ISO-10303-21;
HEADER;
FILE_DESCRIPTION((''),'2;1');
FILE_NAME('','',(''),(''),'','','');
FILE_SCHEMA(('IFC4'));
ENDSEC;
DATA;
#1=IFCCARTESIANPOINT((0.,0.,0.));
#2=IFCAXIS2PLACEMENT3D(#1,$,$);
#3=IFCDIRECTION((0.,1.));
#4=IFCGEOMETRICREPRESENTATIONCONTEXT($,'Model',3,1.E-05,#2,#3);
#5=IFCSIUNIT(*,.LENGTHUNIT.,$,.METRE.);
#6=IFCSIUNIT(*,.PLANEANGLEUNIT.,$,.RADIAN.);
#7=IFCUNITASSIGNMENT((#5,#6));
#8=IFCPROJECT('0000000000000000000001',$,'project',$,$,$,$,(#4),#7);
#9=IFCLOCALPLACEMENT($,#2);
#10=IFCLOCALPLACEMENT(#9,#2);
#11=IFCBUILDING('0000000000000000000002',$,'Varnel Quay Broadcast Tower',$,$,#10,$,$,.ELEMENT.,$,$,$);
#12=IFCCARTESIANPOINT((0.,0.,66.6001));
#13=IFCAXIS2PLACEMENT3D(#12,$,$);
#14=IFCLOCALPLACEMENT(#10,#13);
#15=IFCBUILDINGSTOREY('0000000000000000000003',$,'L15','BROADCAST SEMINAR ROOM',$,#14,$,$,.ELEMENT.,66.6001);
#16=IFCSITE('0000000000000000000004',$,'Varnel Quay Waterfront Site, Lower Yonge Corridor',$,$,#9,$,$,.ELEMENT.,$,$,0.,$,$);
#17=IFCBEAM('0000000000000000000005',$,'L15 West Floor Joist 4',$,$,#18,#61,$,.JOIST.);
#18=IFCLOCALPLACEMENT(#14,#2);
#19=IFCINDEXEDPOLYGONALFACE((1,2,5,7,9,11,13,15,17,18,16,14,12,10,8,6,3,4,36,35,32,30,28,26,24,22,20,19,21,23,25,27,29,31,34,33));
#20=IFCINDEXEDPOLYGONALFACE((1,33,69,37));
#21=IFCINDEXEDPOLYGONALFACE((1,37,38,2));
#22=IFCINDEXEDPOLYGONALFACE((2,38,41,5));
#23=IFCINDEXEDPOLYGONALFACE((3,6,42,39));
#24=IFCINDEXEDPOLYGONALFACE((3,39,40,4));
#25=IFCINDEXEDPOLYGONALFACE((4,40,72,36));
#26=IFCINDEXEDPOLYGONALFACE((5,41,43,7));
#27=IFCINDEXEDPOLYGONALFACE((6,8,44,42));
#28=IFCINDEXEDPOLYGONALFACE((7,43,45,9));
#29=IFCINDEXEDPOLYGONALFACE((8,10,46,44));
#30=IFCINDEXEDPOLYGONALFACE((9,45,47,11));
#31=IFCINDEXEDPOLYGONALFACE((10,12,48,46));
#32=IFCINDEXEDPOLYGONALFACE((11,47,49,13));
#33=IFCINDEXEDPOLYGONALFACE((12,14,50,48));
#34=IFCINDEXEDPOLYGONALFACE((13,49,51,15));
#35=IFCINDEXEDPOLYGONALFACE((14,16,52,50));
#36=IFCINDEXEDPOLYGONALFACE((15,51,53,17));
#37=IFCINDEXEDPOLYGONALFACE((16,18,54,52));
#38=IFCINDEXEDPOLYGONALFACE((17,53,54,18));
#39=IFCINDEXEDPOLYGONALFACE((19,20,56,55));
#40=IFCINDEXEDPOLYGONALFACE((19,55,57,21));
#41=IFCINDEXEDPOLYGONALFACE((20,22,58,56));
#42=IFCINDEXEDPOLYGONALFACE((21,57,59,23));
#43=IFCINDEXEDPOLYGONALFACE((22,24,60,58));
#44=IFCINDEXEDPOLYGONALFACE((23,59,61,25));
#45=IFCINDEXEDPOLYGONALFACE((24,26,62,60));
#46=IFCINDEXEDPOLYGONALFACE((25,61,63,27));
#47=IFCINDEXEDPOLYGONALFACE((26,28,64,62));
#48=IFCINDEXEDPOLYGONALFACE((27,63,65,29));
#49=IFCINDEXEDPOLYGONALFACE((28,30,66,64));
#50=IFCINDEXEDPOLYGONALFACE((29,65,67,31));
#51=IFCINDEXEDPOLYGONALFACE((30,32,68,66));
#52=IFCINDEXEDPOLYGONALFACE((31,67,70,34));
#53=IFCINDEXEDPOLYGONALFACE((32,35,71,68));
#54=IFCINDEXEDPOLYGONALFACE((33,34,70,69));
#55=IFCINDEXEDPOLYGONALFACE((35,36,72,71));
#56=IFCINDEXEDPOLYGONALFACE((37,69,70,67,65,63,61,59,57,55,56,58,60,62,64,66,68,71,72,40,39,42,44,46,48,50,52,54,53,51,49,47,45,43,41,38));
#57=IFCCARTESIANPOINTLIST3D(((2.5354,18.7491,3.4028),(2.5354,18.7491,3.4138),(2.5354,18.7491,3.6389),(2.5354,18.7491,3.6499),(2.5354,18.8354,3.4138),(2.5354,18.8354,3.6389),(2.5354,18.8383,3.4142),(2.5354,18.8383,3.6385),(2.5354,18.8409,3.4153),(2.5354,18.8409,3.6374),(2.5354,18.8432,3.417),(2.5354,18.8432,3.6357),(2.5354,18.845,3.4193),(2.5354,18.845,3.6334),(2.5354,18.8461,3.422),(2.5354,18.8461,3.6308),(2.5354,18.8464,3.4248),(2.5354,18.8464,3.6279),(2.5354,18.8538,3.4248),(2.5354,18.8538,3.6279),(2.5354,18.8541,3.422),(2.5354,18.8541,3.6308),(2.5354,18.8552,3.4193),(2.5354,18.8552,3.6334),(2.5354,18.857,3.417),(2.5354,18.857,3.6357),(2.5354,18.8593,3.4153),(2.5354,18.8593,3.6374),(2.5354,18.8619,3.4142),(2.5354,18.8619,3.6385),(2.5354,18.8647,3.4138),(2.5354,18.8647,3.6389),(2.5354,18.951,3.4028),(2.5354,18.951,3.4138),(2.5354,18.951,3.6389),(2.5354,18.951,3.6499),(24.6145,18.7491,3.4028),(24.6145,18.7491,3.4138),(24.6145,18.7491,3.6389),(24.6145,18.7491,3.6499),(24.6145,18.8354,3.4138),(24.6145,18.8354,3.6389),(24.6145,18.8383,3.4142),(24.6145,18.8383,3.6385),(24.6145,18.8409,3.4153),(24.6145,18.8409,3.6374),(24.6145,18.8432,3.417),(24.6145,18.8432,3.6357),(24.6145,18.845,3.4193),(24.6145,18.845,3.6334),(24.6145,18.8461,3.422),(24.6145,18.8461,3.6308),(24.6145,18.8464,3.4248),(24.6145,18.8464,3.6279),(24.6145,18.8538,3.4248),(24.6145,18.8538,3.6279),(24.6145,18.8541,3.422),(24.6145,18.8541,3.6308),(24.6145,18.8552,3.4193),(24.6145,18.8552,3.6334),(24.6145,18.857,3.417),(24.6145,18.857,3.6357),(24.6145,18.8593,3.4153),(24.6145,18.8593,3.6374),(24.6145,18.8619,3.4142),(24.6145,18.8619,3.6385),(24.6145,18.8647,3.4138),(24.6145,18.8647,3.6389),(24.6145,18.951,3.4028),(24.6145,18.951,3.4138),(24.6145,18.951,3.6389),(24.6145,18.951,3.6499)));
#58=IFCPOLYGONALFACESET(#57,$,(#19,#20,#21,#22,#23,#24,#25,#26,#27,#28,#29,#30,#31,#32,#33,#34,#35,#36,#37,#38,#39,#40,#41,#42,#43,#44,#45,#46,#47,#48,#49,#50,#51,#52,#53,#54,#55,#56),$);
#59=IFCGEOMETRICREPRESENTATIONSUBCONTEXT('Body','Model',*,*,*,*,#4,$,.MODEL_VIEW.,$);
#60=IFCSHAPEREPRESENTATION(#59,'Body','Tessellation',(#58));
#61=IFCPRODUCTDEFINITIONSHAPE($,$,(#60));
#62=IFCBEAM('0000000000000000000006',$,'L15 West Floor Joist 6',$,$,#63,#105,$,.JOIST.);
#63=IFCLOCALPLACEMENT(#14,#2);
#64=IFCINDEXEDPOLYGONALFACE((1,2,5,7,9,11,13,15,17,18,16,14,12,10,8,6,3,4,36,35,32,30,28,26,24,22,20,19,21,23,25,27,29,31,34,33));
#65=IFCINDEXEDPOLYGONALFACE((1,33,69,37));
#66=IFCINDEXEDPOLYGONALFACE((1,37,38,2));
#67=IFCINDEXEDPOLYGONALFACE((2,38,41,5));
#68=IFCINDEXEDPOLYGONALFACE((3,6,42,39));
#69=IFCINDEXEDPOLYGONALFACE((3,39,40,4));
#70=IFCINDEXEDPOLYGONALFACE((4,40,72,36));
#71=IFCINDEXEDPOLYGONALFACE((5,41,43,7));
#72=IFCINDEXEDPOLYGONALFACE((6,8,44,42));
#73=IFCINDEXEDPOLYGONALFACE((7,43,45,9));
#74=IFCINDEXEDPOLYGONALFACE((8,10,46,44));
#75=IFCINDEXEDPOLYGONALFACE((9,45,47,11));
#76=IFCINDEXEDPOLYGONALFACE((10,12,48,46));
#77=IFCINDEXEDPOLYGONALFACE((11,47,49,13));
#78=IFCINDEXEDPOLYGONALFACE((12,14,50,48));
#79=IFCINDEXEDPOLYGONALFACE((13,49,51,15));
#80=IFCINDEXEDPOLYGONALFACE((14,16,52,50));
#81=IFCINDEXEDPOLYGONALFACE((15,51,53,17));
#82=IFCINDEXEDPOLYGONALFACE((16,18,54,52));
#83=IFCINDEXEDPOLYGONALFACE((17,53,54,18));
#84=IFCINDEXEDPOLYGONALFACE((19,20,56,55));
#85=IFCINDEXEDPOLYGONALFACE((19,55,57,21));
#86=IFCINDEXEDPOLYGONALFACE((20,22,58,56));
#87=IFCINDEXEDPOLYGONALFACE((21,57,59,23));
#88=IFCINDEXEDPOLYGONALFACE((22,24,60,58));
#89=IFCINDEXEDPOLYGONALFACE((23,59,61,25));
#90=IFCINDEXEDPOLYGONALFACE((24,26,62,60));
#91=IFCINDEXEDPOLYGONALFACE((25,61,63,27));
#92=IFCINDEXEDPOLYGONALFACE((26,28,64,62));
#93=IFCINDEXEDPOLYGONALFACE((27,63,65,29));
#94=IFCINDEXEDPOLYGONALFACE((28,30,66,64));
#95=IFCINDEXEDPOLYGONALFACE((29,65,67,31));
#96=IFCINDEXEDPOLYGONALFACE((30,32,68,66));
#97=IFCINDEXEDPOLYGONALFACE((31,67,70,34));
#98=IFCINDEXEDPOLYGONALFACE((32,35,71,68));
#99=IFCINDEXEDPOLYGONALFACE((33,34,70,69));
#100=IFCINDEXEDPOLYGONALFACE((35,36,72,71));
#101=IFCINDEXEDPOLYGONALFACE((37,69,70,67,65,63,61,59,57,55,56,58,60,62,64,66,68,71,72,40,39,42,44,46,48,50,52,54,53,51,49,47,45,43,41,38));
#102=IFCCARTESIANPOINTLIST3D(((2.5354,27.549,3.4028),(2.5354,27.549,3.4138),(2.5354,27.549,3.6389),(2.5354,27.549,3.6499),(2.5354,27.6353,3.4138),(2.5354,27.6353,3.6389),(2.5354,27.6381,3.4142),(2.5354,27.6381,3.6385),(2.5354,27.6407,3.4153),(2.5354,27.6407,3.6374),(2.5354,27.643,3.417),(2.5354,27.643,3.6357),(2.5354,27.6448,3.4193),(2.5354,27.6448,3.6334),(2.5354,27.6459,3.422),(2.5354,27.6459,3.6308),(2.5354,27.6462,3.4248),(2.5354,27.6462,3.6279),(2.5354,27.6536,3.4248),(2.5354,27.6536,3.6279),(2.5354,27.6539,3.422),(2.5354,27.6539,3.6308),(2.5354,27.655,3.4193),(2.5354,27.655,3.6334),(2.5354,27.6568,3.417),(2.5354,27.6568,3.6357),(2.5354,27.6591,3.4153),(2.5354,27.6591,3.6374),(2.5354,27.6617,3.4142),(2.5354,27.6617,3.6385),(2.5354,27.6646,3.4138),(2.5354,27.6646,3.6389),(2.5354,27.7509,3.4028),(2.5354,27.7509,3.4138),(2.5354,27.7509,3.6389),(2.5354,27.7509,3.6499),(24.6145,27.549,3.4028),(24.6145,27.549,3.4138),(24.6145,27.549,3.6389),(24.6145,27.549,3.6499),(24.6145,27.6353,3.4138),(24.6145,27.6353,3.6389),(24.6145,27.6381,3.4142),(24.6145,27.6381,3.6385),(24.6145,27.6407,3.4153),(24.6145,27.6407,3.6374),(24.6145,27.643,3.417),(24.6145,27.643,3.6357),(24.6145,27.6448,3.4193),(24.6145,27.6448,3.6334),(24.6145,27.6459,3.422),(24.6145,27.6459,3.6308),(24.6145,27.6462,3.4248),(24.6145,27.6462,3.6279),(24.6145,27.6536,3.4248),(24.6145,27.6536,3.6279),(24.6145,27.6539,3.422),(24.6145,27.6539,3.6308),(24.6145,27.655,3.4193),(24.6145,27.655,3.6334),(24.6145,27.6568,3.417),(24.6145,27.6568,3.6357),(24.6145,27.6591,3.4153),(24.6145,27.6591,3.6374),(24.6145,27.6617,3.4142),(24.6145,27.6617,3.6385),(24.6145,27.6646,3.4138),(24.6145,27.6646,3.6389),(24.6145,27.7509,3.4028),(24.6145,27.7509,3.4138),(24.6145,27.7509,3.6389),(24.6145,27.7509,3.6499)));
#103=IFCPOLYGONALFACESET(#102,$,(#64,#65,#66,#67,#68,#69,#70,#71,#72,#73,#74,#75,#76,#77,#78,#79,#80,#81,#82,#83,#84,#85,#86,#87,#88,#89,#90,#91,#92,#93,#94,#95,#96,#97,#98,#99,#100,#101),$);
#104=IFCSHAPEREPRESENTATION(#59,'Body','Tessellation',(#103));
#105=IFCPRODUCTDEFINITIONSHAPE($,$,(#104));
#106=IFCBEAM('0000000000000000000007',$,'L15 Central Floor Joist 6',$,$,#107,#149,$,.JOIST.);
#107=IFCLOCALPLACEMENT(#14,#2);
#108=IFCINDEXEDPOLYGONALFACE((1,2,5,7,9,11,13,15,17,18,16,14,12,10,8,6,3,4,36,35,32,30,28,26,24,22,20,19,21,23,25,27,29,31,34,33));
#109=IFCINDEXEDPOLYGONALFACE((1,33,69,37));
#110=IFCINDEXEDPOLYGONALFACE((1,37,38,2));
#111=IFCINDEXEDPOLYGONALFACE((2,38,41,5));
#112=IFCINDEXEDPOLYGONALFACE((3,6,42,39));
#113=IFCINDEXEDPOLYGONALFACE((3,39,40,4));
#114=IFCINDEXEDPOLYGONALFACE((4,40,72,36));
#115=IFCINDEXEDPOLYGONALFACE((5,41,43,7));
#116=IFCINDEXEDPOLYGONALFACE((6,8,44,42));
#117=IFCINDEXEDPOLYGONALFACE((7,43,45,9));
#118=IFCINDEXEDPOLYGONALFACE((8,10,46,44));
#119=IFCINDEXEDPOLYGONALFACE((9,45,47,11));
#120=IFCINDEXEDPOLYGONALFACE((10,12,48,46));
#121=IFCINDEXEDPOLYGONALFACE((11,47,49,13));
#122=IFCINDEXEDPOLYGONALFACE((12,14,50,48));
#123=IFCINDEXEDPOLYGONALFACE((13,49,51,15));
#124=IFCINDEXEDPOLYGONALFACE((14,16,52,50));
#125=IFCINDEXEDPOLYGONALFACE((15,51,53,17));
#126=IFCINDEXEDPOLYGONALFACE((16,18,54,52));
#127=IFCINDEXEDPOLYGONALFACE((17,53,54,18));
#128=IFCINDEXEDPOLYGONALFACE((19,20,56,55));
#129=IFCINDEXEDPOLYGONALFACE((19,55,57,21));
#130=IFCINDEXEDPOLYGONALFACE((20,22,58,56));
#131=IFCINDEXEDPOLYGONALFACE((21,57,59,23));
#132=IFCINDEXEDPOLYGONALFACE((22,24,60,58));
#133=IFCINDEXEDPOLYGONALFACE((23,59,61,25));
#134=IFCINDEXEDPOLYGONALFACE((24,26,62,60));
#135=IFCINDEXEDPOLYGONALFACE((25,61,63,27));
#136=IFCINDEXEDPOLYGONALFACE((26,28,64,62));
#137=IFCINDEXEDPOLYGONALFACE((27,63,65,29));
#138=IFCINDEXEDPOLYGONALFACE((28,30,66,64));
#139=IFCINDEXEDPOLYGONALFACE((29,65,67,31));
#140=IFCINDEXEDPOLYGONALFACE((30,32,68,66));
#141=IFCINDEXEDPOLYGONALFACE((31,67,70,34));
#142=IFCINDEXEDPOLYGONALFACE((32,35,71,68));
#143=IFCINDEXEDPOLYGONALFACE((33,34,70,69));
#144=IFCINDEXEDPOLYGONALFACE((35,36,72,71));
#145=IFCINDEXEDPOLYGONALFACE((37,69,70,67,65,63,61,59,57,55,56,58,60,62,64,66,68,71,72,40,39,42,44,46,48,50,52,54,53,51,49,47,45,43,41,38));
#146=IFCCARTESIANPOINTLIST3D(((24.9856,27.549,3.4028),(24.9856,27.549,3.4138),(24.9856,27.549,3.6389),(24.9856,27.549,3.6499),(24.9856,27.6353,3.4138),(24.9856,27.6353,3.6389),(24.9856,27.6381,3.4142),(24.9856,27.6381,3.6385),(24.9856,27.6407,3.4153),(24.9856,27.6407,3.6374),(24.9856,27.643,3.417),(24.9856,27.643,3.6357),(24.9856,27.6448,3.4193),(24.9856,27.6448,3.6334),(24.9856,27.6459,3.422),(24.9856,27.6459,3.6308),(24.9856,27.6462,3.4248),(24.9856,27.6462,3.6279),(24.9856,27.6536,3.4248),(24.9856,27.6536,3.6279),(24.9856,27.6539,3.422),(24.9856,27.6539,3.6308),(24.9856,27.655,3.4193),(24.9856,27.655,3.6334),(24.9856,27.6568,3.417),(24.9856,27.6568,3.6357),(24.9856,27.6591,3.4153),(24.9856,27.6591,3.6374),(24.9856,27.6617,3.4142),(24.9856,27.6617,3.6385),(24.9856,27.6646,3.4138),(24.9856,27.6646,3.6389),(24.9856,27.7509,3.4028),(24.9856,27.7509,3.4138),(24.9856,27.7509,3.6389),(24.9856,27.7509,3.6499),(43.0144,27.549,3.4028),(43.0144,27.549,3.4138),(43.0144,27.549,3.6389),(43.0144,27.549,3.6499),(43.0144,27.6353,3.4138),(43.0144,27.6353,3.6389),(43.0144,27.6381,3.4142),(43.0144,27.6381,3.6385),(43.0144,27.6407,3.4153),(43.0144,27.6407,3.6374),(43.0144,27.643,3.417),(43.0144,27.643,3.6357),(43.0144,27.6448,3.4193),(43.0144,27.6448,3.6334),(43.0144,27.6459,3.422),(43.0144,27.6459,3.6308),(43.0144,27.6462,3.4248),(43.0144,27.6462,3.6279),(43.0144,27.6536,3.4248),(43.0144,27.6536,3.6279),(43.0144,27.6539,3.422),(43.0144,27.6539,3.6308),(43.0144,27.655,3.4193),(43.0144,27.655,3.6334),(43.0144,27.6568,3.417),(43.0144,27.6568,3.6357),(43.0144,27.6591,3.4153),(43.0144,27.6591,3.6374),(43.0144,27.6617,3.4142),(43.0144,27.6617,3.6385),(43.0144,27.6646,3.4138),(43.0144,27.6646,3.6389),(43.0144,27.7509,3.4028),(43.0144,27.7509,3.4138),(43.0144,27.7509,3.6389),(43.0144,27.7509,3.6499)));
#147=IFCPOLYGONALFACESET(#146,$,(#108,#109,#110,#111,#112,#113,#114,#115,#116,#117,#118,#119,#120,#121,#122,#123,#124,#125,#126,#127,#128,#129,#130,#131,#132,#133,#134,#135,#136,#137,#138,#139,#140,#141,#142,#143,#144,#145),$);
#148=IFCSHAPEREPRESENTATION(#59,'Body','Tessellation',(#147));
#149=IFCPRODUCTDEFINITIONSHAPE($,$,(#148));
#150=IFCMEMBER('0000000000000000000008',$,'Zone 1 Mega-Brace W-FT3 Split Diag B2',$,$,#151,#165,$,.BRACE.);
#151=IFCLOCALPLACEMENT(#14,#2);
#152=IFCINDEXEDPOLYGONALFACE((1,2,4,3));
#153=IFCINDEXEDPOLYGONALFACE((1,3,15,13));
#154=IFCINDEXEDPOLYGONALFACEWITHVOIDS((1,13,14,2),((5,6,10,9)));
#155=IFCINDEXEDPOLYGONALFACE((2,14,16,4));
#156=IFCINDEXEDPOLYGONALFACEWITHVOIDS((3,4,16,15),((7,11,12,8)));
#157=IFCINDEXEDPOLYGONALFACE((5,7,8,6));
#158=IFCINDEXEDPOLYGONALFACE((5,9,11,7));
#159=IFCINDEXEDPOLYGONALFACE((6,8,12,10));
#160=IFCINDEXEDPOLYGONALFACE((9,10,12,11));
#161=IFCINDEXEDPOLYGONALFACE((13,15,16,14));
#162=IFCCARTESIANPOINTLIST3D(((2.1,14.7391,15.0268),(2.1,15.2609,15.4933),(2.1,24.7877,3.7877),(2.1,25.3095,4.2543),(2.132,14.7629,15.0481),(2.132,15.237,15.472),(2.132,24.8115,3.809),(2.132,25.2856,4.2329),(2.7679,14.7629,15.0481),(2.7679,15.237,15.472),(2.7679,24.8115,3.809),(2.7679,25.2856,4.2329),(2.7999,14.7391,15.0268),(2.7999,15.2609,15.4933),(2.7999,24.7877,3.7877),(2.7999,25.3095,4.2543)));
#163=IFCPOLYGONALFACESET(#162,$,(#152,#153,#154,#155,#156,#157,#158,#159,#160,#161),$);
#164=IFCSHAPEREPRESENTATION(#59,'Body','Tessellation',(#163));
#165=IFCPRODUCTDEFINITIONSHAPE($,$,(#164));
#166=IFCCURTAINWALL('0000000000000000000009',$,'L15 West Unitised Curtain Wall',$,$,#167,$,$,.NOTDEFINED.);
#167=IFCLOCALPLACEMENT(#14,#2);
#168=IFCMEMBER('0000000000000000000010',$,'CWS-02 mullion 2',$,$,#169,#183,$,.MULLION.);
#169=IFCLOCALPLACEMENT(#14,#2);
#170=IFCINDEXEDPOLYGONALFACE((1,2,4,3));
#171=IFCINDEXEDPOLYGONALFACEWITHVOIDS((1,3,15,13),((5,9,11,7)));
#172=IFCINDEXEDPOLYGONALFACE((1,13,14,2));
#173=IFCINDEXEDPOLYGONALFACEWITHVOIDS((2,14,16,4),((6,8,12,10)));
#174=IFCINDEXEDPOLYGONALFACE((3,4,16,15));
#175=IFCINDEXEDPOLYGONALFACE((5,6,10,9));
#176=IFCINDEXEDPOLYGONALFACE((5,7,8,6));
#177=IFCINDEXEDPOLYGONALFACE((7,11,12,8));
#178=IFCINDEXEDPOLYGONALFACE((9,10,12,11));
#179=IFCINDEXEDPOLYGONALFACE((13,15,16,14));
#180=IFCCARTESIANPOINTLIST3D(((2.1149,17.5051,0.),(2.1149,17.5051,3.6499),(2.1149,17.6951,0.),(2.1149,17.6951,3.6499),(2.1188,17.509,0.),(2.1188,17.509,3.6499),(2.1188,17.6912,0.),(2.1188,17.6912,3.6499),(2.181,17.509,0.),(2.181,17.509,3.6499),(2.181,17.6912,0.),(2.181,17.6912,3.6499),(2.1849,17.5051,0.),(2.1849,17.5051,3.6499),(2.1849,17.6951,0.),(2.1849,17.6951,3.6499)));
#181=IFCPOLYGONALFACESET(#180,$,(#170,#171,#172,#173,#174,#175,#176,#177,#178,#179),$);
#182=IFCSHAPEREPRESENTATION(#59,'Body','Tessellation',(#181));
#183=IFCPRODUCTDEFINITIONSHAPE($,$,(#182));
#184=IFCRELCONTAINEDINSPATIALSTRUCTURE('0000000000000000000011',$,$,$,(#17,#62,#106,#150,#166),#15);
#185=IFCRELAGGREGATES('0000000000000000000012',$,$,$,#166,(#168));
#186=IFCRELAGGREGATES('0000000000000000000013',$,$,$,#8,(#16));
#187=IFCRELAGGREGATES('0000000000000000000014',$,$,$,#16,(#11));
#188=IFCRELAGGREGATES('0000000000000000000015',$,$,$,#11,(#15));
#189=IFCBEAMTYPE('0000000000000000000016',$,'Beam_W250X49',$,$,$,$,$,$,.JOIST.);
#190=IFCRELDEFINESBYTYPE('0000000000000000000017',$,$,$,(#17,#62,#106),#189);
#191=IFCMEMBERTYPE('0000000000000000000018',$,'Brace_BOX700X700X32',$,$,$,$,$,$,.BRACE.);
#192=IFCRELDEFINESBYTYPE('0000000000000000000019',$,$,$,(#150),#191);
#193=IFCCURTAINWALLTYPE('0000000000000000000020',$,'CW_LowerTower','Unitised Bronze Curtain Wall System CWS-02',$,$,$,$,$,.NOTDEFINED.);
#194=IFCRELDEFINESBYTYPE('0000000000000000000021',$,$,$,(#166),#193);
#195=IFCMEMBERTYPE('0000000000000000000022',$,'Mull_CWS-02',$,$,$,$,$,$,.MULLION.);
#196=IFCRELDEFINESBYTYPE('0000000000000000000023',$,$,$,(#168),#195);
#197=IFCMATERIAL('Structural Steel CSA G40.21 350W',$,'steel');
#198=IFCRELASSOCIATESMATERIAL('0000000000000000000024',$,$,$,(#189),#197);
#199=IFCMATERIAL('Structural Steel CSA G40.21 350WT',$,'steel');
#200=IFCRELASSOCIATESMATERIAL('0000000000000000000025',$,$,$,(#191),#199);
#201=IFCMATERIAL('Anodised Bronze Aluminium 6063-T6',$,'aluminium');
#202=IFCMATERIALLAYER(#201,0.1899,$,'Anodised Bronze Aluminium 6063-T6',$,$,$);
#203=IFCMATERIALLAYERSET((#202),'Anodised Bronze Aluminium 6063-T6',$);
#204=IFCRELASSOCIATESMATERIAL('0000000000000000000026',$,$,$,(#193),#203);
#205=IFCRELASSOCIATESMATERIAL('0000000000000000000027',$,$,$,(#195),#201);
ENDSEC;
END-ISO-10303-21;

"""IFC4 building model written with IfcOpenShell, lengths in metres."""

from ifc_helpers import new_model, si_unit, direction, frame, origin, origin_2d, place, context, subcontext, project, spatial, hollow_rectangle, i_section, extrude, source, transform, mapped, material, layer, layer_set, material_profile, profile_set, type_object, type_shapes, element, aggregate, save


model = new_model("IFC4")

# Units and contexts
model_context = context("Model", 3, precision=1e-05, world=origin(), true_north=direction((0.0, 1.0)))
body_context = subcontext(model_context, "Body", "Model", "MODEL_VIEW")
ifc_project = project(units=[si_unit("LENGTHUNIT", "METRE"), si_unit("PLANEANGLEUNIT", "RADIAN")], contexts=[model_context])

# Site, building, storey
site_placement = place(None, origin())
site = spatial("IfcSite", under=ifc_project, at=site_placement, Name="Varnel Quay Waterfront Site, Lower Yonge Corridor", CompositionType="ELEMENT", RefElevation=0.0)
building_placement = place(site_placement, origin())
building = spatial("IfcBuilding", under=site, at=building_placement, Name="Varnel Quay Broadcast Tower", CompositionType="ELEMENT")
storey_placement = place(building_placement, frame((0.0, 0.0, 66.6001)))
storey = spatial("IfcBuildingStorey", under=building, at=storey_placement, Name="L15", Description="BROADCAST SEMINAR ROOM", CompositionType="ELEMENT", Elevation=66.6001)

# Shared definitions
ifc_material_1 = material(Name="Structural Steel CSA G40.21 350WT", Category="steel")
ifc_material_2 = material(Name="Structural Steel CSA G40.21 350W", Category="steel")

# Beams
ifc_material_profile_1 = material_profile(ifc_material_2, i_section(OverallWidth=0.2019, OverallDepth=0.2471, WebThickness=0.0073, FlangeThickness=0.011, FilletRadius=0.011, at=origin_2d()), Name="W250X49")
ifc_profile_set_1 = profile_set([ifc_material_profile_1], Name="Structural Steel CSA G40.21 350W")
beam_type_1 = type_object("IfcBeamType", Name="Beam_W250X49", PredefinedType="JOIST", material=ifc_profile_set_1)
shared_shape_1 = source(origin(), body_context, "Body", "SweptSolid", [
    extrude(i_section(OverallWidth=0.2019, OverallDepth=0.2471, WebThickness=0.0073, FlangeThickness=0.011, FilletRadius=0.011, at=origin_2d()), origin(), (0.0, 0.0, 1.0), 22.0791),
])
for number, where, z_axis, x_axis, name in (
    (1, (2.5354, 18.8501, 3.5264), (1.0, 0.0, 0.0), (0.0, 1.0, 0.0), "L15 West Floor Joist 4"),
    (2, (2.5354, 27.6499, 3.5264), (1.0, 0.0, 0.0), (0.0, 1.0, 0.0), "L15 West Floor Joist 6"),
):
    element("IfcBeam", number, at=place(storey_placement, frame(where, z_axis=z_axis, x_axis=x_axis)), inside=storey, type_object=beam_type_1, Name=name, PredefinedType="JOIST", context=body_context, shape_type="MappedRepresentation", body=[
        mapped(shared_shape_1, transform((0.0, 0.0, 0.0), x_axis=(1.0, 0.0, 0.0), y_axis=(0.0, 1.0, 0.0), z_axis=(0.0, 0.0, 1.0), scale=1.0)),
    ])
shared_shape_2 = source(origin(), body_context, "Body", "SweptSolid", [
    extrude(i_section(OverallWidth=0.2019, OverallDepth=0.2471, WebThickness=0.0073, FlangeThickness=0.011, FilletRadius=0.011, at=origin_2d()), origin(), (0.0, 0.0, 1.0), 18.0288),
])
type_shapes(beam_type_1, [shared_shape_1, shared_shape_2])
beam_1_placement = place(storey_placement, frame((24.9856, 27.6499, 3.5264), z_axis=(1.0, 0.0, 0.0), x_axis=(0.0, 1.0, 0.0)))
element("IfcBeam", 3, at=beam_1_placement, inside=storey, type_object=beam_type_1, Name="L15 Central Floor Joist 6", PredefinedType="JOIST", context=body_context, shape_type="MappedRepresentation", body=[
    mapped(shared_shape_2, transform((0.0, 0.0, 0.0), x_axis=(1.0, 0.0, 0.0), y_axis=(0.0, 1.0, 0.0), z_axis=(0.0, 0.0, 1.0), scale=1.0)),
])

# Member
ifc_material_profile_2 = material_profile(ifc_material_1, hollow_rectangle(XDim=0.7, YDim=0.7, WallThickness=0.032, at=origin_2d()), Name="BOX700X700X32")
ifc_profile_set_2 = profile_set([ifc_material_profile_2], Name="Structural Steel CSA G40.21 350WT")
member_type_1 = type_object("IfcMemberType", Name="Brace_BOX700X700X32", PredefinedType="BRACE", material=ifc_profile_set_2)
shared_shape_3 = source(origin(), body_context, "Body", "SweptSolid", [
    extrude(hollow_rectangle(XDim=0.7, YDim=0.7, WallThickness=0.032, at=origin_2d()), origin(), (0.0, 0.0, 1.0), 15.0762),
])
type_shapes(member_type_1, [shared_shape_3])
member_1_placement = place(storey_placement, frame((2.45, 25.0486, 4.021), z_axis=(0.0, -0.666523, 0.745484), x_axis=(1.0, 0.0, 0.0)))
element("IfcMember", 4, at=member_1_placement, inside=storey, type_object=member_type_1, Name="Zone 1 Mega-Brace W-FT3 Split Diag B2", PredefinedType="BRACE", context=body_context, shape_type="MappedRepresentation", body=[
    mapped(shared_shape_3, transform((0.0, 0.0, 0.0), x_axis=(1.0, 0.0, 0.0), y_axis=(0.0, 1.0, 0.0), z_axis=(0.0, 0.0, 1.0), scale=1.0)),
])

# Curtain wall, member
ifc_material_3 = material(Name="Anodised Bronze Aluminium 6063-T6", Category="aluminium")
ifc_layer_1 = layer(ifc_material_3, 0.1899, Name="Anodised Bronze Aluminium 6063-T6")
ifc_layer_set_1 = layer_set([ifc_layer_1], Name="Anodised Bronze Aluminium 6063-T6")
curtain_wall_type = type_object("IfcCurtainWallType", Name="CW_LowerTower", Description="Unitised Bronze Curtain Wall System CWS-02", PredefinedType="NOTDEFINED", material=ifc_layer_set_1)
curtain_wall_placement = place(storey_placement, origin())
curtain_wall = element("IfcCurtainWall", 5, at=curtain_wall_placement, inside=storey, type_object=curtain_wall_type, Name="L15 West Unitised Curtain Wall", PredefinedType="NOTDEFINED")
ifc_material_profile_3 = material_profile(ifc_material_3, hollow_rectangle(XDim=0.0701, YDim=0.1899, WallThickness=0.0039, at=origin_2d()), Name="ALU70X190X4")
ifc_profile_set_3 = profile_set([ifc_material_profile_3], Name="Anodised Bronze Aluminium 6063-T6")
member_type_2 = type_object("IfcMemberType", Name="Mull_CWS-02", PredefinedType="MULLION", material=ifc_profile_set_3)
shared_shape_4 = source(origin(), body_context, "Body", "SweptSolid", [
    extrude(hollow_rectangle(XDim=0.0701, YDim=0.1899, WallThickness=0.0039, at=origin_2d()), origin(), (0.0, 0.0, 1.0), 3.6499),
])
type_shapes(member_type_2, [shared_shape_4])
member_2_placement = place(storey_placement, frame((2.1499, 17.6001, 0.0), z_axis=(0.0, 0.0, 1.0), x_axis=(-1.0, 0.0, 0.0)))
member_2 = element("IfcMember", 6, at=member_2_placement, type_object=member_type_2, Name="CWS-02 mullion 2", PredefinedType="MULLION", context=body_context, shape_type="MappedRepresentation", body=[
    mapped(shared_shape_4, transform((0.0, 0.0, 0.0), x_axis=(1.0, 0.0, 0.0), y_axis=(0.0, 1.0, 0.0), z_axis=(0.0, 0.0, 1.0), scale=1.0)),
])

aggregate(curtain_wall, [member_2])

save(model, "model.ifc")
